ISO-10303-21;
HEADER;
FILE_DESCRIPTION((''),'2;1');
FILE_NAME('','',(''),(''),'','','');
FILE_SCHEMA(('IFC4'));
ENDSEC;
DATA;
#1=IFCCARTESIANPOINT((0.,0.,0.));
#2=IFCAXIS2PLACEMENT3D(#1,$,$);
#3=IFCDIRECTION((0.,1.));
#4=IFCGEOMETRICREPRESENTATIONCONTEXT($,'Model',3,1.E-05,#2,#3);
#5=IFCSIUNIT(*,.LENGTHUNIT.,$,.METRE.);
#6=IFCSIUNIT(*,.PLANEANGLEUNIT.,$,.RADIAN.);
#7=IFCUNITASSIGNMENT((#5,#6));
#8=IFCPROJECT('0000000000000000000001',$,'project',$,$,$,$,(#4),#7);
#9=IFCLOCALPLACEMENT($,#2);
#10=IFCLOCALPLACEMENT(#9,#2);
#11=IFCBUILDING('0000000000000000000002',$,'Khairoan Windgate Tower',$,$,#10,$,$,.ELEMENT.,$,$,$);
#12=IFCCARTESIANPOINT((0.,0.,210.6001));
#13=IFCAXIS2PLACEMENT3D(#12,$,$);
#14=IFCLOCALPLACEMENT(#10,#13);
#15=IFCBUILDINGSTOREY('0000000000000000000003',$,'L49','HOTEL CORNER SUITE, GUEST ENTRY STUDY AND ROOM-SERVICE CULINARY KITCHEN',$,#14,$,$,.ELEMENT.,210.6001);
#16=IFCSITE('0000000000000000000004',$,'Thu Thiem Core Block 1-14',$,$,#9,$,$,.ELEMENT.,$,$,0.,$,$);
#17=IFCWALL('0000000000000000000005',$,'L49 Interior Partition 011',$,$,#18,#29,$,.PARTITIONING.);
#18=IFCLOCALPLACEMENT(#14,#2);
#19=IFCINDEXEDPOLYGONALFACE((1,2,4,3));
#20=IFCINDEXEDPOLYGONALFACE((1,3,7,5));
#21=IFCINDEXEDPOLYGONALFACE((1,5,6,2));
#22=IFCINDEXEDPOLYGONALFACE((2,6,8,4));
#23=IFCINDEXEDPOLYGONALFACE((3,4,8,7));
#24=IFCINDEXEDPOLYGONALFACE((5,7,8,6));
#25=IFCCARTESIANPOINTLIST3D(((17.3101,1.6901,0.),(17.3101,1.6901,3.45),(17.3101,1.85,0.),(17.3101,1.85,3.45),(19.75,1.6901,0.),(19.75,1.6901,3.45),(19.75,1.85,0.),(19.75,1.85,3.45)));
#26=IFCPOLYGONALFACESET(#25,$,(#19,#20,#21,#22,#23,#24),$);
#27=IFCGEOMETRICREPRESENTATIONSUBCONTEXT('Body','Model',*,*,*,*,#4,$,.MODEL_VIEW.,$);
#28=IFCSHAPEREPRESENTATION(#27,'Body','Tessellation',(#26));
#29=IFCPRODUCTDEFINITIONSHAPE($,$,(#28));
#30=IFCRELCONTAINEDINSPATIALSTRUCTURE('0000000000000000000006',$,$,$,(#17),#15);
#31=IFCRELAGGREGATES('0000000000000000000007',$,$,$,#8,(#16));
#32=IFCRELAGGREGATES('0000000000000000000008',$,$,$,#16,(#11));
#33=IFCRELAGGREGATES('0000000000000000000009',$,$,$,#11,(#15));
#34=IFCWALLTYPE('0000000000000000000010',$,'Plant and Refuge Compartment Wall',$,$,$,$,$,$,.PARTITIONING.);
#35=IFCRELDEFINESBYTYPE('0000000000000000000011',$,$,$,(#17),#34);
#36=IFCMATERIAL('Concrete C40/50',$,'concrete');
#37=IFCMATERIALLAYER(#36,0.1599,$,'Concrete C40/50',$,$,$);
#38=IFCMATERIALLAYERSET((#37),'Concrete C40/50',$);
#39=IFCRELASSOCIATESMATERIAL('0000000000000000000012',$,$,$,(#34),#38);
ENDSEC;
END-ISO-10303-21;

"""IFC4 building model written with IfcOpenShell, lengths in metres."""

from ifc_helpers import new_model, si_unit, direction, frame, frame_2d, origin, place, context, subcontext, project, spatial, rectangle, extrude, material, layer, layer_set, type_object, element, save


model = new_model("IFC4")

# Units and contexts
model_context = context("Model", 3, precision=1e-05, world=origin(), true_north=direction((0.0, 1.0)))
body_context = subcontext(model_context, "Body", "Model", "MODEL_VIEW")
ifc_project = project(units=[si_unit("LENGTHUNIT", "METRE"), si_unit("PLANEANGLEUNIT", "RADIAN")], contexts=[model_context])

# Site, building, storey
site_placement = place(None, origin())
site = spatial("IfcSite", under=ifc_project, at=site_placement, Name="Thu Thiem Core Block 1-14", CompositionType="ELEMENT", RefElevation=0.0)
building_placement = place(site_placement, origin())
building = spatial("IfcBuilding", under=site, at=building_placement, Name="Khairoan Windgate Tower", CompositionType="ELEMENT")
storey_placement = place(building_placement, frame((0.0, 0.0, 210.6001)))
storey = spatial("IfcBuildingStorey", under=building, at=storey_placement, Name="L49", Description="HOTEL CORNER SUITE, GUEST ENTRY STUDY AND ROOM-SERVICE CULINARY KITCHEN", CompositionType="ELEMENT", Elevation=210.6001)

# Shared definitions
ifc_material_1 = material(Name="Concrete C40/50", Category="concrete")
ifc_layer_1 = layer(ifc_material_1, 0.1599, Name="Concrete C40/50")
ifc_layer_set_1 = layer_set([ifc_layer_1], Name="Concrete C40/50")
wall_type_1 = type_object("IfcWallType", Name="Plant and Refuge Compartment Wall", PredefinedType="PARTITIONING", material=ifc_layer_set_1)

# Wall
for number, where, z_axis, x_axis, name in (
    (1, (17.3101, 1.77, 0.0), (0.0, 0.0, 1.0), (1.0, 0.0, 0.0), "L49 Interior Partition 011"),
):
    element("IfcWall", number, at=place(storey_placement, frame(where, z_axis=z_axis, x_axis=x_axis)), inside=storey, type_object=wall_type_1, Name=name, PredefinedType="PARTITIONING", context=body_context, shape_type="SweptSolid", body=[
        extrude(rectangle(XDim=2.4399, YDim=0.1599, at=frame_2d((1.22, 0.0))), origin(), (0.0, 0.0, 1.0), 3.45),
    ])

save(model, "model.ifc")
